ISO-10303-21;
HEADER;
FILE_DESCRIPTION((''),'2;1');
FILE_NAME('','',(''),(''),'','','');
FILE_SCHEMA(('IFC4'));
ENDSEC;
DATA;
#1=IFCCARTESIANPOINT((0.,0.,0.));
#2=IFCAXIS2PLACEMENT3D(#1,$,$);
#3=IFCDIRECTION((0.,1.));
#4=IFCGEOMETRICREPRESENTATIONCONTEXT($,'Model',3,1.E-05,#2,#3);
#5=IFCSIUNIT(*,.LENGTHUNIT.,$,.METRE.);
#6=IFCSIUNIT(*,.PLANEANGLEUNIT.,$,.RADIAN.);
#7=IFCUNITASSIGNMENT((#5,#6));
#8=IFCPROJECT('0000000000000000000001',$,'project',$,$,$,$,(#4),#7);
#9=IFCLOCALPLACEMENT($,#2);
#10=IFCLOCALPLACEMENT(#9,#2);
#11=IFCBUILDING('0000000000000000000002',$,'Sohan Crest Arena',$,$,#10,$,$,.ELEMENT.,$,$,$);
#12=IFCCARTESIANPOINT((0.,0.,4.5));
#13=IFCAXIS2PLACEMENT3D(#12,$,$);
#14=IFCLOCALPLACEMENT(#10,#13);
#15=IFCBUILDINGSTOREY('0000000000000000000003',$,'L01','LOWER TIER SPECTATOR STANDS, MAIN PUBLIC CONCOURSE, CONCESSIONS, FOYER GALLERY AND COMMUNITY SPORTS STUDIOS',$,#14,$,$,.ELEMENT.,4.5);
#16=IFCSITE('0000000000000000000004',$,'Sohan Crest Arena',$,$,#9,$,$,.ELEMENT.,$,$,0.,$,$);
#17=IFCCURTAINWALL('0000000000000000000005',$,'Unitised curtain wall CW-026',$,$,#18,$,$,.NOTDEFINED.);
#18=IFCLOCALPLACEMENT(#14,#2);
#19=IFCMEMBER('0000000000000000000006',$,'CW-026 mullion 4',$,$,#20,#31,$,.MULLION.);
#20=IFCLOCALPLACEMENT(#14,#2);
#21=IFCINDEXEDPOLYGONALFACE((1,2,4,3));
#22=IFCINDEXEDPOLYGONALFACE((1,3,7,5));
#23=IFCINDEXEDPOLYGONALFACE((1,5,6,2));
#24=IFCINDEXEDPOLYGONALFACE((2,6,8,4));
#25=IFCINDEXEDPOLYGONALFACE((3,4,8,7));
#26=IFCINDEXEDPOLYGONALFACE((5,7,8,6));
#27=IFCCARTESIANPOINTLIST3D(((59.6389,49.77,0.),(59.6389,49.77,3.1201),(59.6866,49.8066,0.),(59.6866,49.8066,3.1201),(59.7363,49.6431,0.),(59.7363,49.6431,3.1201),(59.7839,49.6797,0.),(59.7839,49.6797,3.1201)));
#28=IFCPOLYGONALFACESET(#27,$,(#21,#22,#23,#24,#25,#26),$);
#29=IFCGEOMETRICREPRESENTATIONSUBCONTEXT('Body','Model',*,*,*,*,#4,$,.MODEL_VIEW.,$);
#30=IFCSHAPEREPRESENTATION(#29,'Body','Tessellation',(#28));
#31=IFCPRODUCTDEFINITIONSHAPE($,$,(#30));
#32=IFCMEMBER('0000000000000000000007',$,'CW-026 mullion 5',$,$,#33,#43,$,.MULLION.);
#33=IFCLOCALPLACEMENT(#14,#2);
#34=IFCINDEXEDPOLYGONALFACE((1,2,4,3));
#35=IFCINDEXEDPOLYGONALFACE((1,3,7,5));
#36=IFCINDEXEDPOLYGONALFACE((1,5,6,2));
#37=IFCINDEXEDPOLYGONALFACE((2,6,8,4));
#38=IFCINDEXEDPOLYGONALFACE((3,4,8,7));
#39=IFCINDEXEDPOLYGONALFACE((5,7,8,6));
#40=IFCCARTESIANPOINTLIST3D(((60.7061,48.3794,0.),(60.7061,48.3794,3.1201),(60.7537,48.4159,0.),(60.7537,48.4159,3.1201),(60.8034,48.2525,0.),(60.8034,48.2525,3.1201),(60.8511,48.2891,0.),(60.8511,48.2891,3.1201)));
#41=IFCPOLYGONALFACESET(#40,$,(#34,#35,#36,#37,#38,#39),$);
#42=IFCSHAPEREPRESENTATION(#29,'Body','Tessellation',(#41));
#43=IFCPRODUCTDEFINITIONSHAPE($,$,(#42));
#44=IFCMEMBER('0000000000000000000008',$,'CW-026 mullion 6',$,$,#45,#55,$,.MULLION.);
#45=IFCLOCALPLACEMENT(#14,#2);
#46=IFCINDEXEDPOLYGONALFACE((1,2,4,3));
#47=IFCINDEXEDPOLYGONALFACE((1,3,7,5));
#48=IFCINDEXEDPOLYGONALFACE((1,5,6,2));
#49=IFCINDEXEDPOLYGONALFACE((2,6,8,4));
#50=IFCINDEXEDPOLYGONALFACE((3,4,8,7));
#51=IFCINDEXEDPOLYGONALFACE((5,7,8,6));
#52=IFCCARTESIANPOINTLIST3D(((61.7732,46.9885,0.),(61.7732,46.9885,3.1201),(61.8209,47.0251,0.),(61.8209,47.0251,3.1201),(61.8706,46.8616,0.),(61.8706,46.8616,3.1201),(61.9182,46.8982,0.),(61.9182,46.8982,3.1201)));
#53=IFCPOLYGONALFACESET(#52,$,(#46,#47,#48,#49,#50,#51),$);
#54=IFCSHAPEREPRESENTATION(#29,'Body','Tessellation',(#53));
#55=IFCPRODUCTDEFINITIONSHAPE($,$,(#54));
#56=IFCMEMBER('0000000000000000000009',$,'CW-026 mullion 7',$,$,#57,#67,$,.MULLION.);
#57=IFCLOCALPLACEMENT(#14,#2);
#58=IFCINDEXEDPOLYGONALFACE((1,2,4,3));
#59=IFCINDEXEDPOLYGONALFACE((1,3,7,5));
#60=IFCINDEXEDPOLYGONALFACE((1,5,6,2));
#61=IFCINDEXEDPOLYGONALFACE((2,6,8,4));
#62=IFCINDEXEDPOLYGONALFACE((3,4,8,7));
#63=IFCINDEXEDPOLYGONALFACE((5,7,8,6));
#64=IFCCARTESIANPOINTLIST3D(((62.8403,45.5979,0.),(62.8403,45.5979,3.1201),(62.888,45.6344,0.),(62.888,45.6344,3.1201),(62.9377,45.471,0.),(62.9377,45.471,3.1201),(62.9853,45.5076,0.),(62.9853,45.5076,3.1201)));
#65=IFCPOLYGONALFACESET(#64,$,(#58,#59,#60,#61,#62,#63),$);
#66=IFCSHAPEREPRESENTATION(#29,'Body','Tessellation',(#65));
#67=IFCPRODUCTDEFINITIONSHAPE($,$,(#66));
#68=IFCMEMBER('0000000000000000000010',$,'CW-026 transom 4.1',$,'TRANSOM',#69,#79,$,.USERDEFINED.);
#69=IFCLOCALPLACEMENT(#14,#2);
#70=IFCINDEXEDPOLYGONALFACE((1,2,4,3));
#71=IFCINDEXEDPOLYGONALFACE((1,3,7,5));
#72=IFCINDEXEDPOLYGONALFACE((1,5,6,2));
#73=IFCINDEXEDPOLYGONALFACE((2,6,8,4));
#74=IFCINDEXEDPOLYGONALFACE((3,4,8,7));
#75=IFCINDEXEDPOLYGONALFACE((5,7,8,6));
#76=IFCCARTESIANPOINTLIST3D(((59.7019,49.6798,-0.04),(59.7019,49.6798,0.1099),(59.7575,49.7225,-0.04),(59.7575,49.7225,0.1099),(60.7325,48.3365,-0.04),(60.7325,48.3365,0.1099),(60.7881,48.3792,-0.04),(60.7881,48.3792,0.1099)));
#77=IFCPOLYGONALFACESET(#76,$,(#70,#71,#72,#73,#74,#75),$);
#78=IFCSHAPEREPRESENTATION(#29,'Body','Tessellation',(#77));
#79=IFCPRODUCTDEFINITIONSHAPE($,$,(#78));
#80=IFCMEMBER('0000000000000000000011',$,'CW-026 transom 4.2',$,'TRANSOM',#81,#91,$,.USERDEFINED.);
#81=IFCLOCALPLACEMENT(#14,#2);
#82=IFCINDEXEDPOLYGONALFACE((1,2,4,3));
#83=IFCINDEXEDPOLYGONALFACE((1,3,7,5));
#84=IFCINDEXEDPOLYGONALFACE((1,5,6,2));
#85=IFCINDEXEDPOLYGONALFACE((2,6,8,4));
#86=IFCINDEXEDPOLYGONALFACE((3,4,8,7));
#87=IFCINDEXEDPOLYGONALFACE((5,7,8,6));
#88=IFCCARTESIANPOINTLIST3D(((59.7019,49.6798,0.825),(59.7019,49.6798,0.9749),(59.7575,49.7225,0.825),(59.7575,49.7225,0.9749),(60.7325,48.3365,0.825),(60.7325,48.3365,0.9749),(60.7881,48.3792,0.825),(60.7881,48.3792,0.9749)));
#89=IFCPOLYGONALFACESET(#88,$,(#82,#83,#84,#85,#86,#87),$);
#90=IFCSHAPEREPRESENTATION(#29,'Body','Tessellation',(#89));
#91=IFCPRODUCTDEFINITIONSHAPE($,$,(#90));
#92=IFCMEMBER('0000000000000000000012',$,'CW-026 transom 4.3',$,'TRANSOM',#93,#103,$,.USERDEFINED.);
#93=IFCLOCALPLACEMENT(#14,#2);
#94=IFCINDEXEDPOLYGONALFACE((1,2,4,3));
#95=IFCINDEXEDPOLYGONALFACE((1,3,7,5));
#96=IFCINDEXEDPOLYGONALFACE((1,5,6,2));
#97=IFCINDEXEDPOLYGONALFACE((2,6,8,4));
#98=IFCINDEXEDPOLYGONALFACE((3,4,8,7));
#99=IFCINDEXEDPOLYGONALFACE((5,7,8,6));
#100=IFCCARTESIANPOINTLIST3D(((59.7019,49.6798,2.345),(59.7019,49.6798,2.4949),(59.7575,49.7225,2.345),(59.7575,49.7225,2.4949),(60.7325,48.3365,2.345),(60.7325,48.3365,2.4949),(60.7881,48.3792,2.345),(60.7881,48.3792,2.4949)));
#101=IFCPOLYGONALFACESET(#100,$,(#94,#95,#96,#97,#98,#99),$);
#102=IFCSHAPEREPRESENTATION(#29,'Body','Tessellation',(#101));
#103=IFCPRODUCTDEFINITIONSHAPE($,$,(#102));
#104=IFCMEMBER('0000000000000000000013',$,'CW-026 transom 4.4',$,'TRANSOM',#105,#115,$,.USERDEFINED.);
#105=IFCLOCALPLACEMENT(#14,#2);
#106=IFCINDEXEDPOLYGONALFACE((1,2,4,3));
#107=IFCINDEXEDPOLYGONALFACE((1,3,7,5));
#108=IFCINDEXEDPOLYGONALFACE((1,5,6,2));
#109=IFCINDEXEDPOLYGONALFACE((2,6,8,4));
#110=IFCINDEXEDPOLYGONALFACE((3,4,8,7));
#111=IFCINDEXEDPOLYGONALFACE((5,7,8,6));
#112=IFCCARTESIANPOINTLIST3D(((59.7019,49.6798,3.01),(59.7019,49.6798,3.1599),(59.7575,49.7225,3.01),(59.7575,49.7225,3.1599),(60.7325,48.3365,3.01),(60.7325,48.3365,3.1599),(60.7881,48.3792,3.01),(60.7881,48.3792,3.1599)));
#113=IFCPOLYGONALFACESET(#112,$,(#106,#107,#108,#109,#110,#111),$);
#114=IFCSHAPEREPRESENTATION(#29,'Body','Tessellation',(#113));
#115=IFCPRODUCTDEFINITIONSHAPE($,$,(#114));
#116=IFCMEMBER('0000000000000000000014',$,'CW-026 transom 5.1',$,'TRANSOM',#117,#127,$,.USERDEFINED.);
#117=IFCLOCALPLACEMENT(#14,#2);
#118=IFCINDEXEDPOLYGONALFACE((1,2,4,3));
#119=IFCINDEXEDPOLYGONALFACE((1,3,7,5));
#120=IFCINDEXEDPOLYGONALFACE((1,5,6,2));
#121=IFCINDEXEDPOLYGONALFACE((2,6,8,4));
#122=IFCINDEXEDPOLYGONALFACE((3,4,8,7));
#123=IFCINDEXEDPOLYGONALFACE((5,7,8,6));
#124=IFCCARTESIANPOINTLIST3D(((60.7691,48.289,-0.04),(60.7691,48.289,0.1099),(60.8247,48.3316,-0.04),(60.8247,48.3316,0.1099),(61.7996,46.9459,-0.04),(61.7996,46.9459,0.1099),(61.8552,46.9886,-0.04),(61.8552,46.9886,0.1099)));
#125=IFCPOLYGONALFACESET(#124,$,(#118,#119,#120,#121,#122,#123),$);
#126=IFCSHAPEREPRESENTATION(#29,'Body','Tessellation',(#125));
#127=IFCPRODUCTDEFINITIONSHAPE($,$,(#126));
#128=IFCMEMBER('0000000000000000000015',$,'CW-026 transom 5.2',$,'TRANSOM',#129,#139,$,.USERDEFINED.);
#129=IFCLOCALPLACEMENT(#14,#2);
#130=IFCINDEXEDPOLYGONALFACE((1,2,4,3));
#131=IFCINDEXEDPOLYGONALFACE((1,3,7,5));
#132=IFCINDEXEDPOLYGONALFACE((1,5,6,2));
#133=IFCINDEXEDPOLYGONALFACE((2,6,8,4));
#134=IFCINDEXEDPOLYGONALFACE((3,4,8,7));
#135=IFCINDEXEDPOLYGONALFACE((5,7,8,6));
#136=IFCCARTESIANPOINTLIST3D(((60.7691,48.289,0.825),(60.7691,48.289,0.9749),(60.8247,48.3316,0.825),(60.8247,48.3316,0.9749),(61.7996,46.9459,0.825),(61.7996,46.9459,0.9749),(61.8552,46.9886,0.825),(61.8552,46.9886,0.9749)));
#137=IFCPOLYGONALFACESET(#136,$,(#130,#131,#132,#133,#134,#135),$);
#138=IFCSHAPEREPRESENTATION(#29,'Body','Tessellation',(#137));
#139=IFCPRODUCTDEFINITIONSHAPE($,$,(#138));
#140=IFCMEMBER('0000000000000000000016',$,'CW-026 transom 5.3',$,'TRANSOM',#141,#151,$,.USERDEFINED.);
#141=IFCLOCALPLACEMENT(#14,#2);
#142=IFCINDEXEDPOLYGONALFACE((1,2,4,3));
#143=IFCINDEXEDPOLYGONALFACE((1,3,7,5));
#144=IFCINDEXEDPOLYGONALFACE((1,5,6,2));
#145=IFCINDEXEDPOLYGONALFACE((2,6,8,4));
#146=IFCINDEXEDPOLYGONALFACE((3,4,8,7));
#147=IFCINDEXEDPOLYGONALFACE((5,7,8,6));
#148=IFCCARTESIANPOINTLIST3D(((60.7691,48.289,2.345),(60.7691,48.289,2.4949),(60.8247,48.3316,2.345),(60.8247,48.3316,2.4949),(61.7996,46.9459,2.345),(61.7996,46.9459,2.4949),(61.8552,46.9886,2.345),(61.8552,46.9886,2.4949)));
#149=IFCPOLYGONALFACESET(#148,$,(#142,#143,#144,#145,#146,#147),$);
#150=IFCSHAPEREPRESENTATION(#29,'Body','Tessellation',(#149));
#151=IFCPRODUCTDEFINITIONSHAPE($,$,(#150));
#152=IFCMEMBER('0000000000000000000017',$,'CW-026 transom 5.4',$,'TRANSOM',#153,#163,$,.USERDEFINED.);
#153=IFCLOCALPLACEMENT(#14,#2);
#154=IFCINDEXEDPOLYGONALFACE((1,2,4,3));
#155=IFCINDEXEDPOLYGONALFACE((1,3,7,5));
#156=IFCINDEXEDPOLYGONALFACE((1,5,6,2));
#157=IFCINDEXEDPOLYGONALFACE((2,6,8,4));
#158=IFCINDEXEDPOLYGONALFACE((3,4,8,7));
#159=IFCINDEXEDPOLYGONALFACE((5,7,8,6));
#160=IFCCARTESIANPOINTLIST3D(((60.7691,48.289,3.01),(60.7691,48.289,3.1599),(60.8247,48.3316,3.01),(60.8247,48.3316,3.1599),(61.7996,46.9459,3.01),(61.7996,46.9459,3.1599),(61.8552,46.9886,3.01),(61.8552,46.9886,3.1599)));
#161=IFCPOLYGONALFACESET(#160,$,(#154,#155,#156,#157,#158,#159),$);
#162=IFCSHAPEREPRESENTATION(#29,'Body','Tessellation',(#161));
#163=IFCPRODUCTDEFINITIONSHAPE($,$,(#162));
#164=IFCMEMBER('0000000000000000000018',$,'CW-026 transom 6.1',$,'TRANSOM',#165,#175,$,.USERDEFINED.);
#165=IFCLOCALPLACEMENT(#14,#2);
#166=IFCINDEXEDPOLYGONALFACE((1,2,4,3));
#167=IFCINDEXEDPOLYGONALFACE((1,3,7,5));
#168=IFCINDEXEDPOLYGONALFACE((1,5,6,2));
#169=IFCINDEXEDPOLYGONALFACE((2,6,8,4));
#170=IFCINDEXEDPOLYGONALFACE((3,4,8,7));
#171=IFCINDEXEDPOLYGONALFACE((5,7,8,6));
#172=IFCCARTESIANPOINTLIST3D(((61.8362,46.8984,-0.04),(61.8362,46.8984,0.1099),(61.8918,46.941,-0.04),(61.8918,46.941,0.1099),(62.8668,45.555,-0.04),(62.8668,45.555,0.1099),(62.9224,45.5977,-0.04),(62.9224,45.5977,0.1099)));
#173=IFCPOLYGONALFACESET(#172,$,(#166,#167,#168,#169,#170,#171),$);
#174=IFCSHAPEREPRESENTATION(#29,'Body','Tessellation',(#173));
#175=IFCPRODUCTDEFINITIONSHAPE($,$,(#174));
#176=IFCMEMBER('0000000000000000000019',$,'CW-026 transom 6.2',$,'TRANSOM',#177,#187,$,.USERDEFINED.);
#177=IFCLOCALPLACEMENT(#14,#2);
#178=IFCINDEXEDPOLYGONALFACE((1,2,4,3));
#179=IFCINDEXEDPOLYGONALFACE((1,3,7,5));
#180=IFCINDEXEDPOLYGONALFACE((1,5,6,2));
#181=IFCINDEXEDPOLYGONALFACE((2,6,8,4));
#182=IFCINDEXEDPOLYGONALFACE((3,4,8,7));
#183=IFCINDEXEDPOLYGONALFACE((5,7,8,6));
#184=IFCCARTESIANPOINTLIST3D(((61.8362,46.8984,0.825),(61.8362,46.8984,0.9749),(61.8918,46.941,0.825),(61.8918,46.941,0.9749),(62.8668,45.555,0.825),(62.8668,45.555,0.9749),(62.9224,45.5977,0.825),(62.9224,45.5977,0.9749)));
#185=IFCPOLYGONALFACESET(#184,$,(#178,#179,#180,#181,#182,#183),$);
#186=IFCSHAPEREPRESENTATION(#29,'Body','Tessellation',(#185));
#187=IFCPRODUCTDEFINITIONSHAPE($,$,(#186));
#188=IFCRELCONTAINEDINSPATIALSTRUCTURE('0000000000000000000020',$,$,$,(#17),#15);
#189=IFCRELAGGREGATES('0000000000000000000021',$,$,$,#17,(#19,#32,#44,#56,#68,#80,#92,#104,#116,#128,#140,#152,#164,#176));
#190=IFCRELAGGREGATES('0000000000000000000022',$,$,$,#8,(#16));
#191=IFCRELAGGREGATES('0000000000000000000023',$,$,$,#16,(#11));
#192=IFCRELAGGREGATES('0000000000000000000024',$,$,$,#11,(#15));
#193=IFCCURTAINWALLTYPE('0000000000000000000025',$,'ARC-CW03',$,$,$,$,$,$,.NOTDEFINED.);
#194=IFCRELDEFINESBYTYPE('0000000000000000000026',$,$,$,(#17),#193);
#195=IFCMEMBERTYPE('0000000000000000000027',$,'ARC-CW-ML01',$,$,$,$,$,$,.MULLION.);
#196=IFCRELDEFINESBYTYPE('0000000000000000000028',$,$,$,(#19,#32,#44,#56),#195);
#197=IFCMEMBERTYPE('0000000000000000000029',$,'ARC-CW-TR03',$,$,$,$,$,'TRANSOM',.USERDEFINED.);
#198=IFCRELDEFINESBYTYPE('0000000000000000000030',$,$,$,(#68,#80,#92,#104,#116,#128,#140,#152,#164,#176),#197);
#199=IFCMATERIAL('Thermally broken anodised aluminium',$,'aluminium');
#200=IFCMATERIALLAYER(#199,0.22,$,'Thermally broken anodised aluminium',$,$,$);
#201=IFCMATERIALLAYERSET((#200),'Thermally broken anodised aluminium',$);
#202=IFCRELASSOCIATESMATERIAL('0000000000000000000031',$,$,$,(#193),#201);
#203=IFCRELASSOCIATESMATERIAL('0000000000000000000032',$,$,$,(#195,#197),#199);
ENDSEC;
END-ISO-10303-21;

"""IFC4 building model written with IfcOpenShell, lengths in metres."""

from ifc_helpers import new_model, si_unit, direction, frame, origin, origin_2d, place, context, subcontext, project, spatial, rectangle, extrude, material, layer, layer_set, material_profile, profile_set, type_object, element, aggregate, save


model = new_model("IFC4")

# Units and contexts
model_context = context("Model", 3, precision=1e-05, world=origin(), true_north=direction((0.0, 1.0)))
body_context = subcontext(model_context, "Body", "Model", "MODEL_VIEW")
ifc_project = project(units=[si_unit("LENGTHUNIT", "METRE"), si_unit("PLANEANGLEUNIT", "RADIAN")], contexts=[model_context])

# Site, building, storey
site_placement = place(None, origin())
site = spatial("IfcSite", under=ifc_project, at=site_placement, Name="Sohan Crest Arena", CompositionType="ELEMENT", RefElevation=0.0)
building_placement = place(site_placement, origin())
building = spatial("IfcBuilding", under=site, at=building_placement, Name="Sohan Crest Arena", CompositionType="ELEMENT")
storey_placement = place(building_placement, frame((0.0, 0.0, 4.5)))
storey = spatial("IfcBuildingStorey", under=building, at=storey_placement, Name="L01", Description="LOWER TIER SPECTATOR STANDS, MAIN PUBLIC CONCOURSE, CONCESSIONS, FOYER GALLERY AND COMMUNITY SPORTS STUDIOS", CompositionType="ELEMENT", Elevation=4.5)

# Curtain wall, members
ifc_material_1 = material(Name="Thermally broken anodised aluminium", Category="aluminium")
ifc_layer_1 = layer(ifc_material_1, 0.22, Name="Thermally broken anodised aluminium")
ifc_layer_set_1 = layer_set([ifc_layer_1], Name="Thermally broken anodised aluminium")
curtain_wall_type = type_object("IfcCurtainWallType", Name="ARC-CW03", PredefinedType="NOTDEFINED", material=ifc_layer_set_1)
curtain_wall_placement = place(storey_placement, origin())
curtain_wall = element("IfcCurtainWall", 1, at=curtain_wall_placement, inside=storey, type_object=curtain_wall_type, Name="Unitised curtain wall CW-026", PredefinedType="NOTDEFINED")
ifc_material_profile_1 = material_profile(ifc_material_1, rectangle(XDim=0.0601, YDim=0.1599, at=origin_2d()), Name="ALU-MULL 60x160")
ifc_profile_set_1 = profile_set([ifc_material_profile_1], Name="Thermally broken anodised aluminium")
member_type_1 = type_object("IfcMemberType", Name="ARC-CW-ML01", PredefinedType="MULLION", material=ifc_profile_set_1)
member_1_placement = place(storey_placement, frame((59.7114, 49.7249, 0.0), z_axis=(0.0, 0.0, 1.0), x_axis=(0.793351, 0.608765, 0.0)))
member_1 = element("IfcMember", 2, at=member_1_placement, type_object=member_type_1, Name="CW-026 mullion 4", PredefinedType="MULLION", context=body_context, shape_type="SweptSolid", body=[
    extrude(rectangle(XDim=0.0601, YDim=0.1599, at=origin_2d()), origin(), (0.0, 0.0, 1.0), 3.1201),
])
member_2_placement = place(storey_placement, frame((60.7786, 48.3342, 0.0), z_axis=(0.0, 0.0, 1.0), x_axis=(0.793351, 0.608765, 0.0)))
member_2 = element("IfcMember", 3, at=member_2_placement, type_object=member_type_1, Name="CW-026 mullion 5", PredefinedType="MULLION", context=body_context, shape_type="SweptSolid", body=[
    extrude(rectangle(XDim=0.0601, YDim=0.1599, at=origin_2d()), origin(), (0.0, 0.0, 1.0), 3.1201),
])
member_3_placement = place(storey_placement, frame((61.8457, 46.9434, 0.0), z_axis=(0.0, 0.0, 1.0), x_axis=(0.793351, 0.608765, 0.0)))
member_3 = element("IfcMember", 4, at=member_3_placement, type_object=member_type_1, Name="CW-026 mullion 6", PredefinedType="MULLION", context=body_context, shape_type="SweptSolid", body=[
    extrude(rectangle(XDim=0.0601, YDim=0.1599, at=origin_2d()), origin(), (0.0, 0.0, 1.0), 3.1201),
])
member_4_placement = place(storey_placement, frame((62.9128, 45.5527, 0.0), z_axis=(0.0, 0.0, 1.0), x_axis=(0.793351, 0.608765, 0.0)))
member_4 = element("IfcMember", 5, at=member_4_placement, type_object=member_type_1, Name="CW-026 mullion 7", PredefinedType="MULLION", context=body_context, shape_type="SweptSolid", body=[
    extrude(rectangle(XDim=0.0601, YDim=0.1599, at=origin_2d()), origin(), (0.0, 0.0, 1.0), 3.1201),
])
ifc_material_profile_2 = material_profile(ifc_material_1, rectangle(XDim=0.0701, YDim=0.1499, at=origin_2d()), Name="ALU-TRAN 70x150")
ifc_profile_set_2 = profile_set([ifc_material_profile_2], Name="Thermally broken anodised aluminium")
member_type_2 = type_object("IfcMemberType", Name="ARC-CW-TR03", ElementType="TRANSOM", PredefinedType="USERDEFINED", material=ifc_profile_set_2)
member_5_placement = place(storey_placement, frame((59.7297, 49.7012, 0.0349), z_axis=(0.608686, -0.793411, 0.0), x_axis=(0.793411, 0.608686, 0.0)))
member_5 = element("IfcMember", 6, at=member_5_placement, type_object=member_type_2, Name="CW-026 transom 4.1", ObjectType="TRANSOM", PredefinedType="USERDEFINED", context=body_context, shape_type="SweptSolid", body=[
    extrude(rectangle(XDim=0.0701, YDim=0.1499, at=origin_2d()), origin(), (0.0, 0.0, 1.0), 1.6931),
])
member_6_placement = place(storey_placement, frame((59.7297, 49.7012, 0.8999), z_axis=(0.608686, -0.793411, 0.0), x_axis=(0.793411, 0.608686, 0.0)))
member_6 = element("IfcMember", 7, at=member_6_placement, type_object=member_type_2, Name="CW-026 transom 4.2", ObjectType="TRANSOM", PredefinedType="USERDEFINED", context=body_context, shape_type="SweptSolid", body=[
    extrude(rectangle(XDim=0.0701, YDim=0.1499, at=origin_2d()), origin(), (0.0, 0.0, 1.0), 1.6931),
])
member_7_placement = place(storey_placement, frame((59.7297, 49.7012, 2.4199), z_axis=(0.608686, -0.793411, 0.0), x_axis=(0.793411, 0.608686, 0.0)))
member_7 = element("IfcMember", 8, at=member_7_placement, type_object=member_type_2, Name="CW-026 transom 4.3", ObjectType="TRANSOM", PredefinedType="USERDEFINED", context=body_context, shape_type="SweptSolid", body=[
    extrude(rectangle(XDim=0.0701, YDim=0.1499, at=origin_2d()), origin(), (0.0, 0.0, 1.0), 1.6931),
])
member_8_placement = place(storey_placement, frame((59.7297, 49.7012, 3.085), z_axis=(0.608686, -0.793411, 0.0), x_axis=(0.793411, 0.608686, 0.0)))
member_8 = element("IfcMember", 9, at=member_8_placement, type_object=member_type_2, Name="CW-026 transom 4.4", ObjectType="TRANSOM", PredefinedType="USERDEFINED", context=body_context, shape_type="SweptSolid", body=[
    extrude(rectangle(XDim=0.0701, YDim=0.1499, at=origin_2d()), origin(), (0.0, 0.0, 1.0), 1.6931),
])
member_9_placement = place(storey_placement, frame((60.7969, 48.3103, 0.0349), z_axis=(0.608755, -0.793358, 0.0), x_axis=(0.793358, 0.608755, 0.0)))
member_9 = element("IfcMember", 10, at=member_9_placement, type_object=member_type_2, Name="CW-026 transom 5.1", ObjectType="TRANSOM", PredefinedType="USERDEFINED", context=body_context, shape_type="SweptSolid", body=[
    extrude(rectangle(XDim=0.0701, YDim=0.1499, at=origin_2d()), origin(), (0.0, 0.0, 1.0), 1.6929),
])
member_10_placement = place(storey_placement, frame((60.7969, 48.3103, 0.8999), z_axis=(0.608755, -0.793358, 0.0), x_axis=(0.793358, 0.608755, 0.0)))
member_10 = element("IfcMember", 11, at=member_10_placement, type_object=member_type_2, Name="CW-026 transom 5.2", ObjectType="TRANSOM", PredefinedType="USERDEFINED", context=body_context, shape_type="SweptSolid", body=[
    extrude(rectangle(XDim=0.0701, YDim=0.1499, at=origin_2d()), origin(), (0.0, 0.0, 1.0), 1.6929),
])
member_11_placement = place(storey_placement, frame((60.7969, 48.3103, 2.4199), z_axis=(0.608755, -0.793358, 0.0), x_axis=(0.793358, 0.608755, 0.0)))
member_11 = element("IfcMember", 12, at=member_11_placement, type_object=member_type_2, Name="CW-026 transom 5.3", ObjectType="TRANSOM", PredefinedType="USERDEFINED", context=body_context, shape_type="SweptSolid", body=[
    extrude(rectangle(XDim=0.0701, YDim=0.1499, at=origin_2d()), origin(), (0.0, 0.0, 1.0), 1.6929),
])
member_12_placement = place(storey_placement, frame((60.7969, 48.3103, 3.085), z_axis=(0.608755, -0.793358, 0.0), x_axis=(0.793358, 0.608755, 0.0)))
member_12 = element("IfcMember", 13, at=member_12_placement, type_object=member_type_2, Name="CW-026 transom 5.4", ObjectType="TRANSOM", PredefinedType="USERDEFINED", context=body_context, shape_type="SweptSolid", body=[
    extrude(rectangle(XDim=0.0701, YDim=0.1499, at=origin_2d()), origin(), (0.0, 0.0, 1.0), 1.6929),
])
member_13_placement = place(storey_placement, frame((61.864, 46.9197, 0.0349), z_axis=(0.608686, -0.793411, 0.0), x_axis=(0.793411, 0.608686, 0.0)))
member_13 = element("IfcMember", 14, at=member_13_placement, type_object=member_type_2, Name="CW-026 transom 6.1", ObjectType="TRANSOM", PredefinedType="USERDEFINED", context=body_context, shape_type="SweptSolid", body=[
    extrude(rectangle(XDim=0.0701, YDim=0.1499, at=origin_2d()), origin(), (0.0, 0.0, 1.0), 1.6931),
])
member_14_placement = place(storey_placement, frame((61.864, 46.9197, 0.8999), z_axis=(0.608686, -0.793411, 0.0), x_axis=(0.793411, 0.608686, 0.0)))
member_14 = element("IfcMember", 15, at=member_14_placement, type_object=member_type_2, Name="CW-026 transom 6.2", ObjectType="TRANSOM", PredefinedType="USERDEFINED", context=body_context, shape_type="SweptSolid", body=[
    extrude(rectangle(XDim=0.0701, YDim=0.1499, at=origin_2d()), origin(), (0.0, 0.0, 1.0), 1.6931),
])
aggregate(curtain_wall, [member_1, member_2, member_3, member_4, member_5, member_6, member_7, member_8, member_9, member_10, member_11, member_12, member_13, member_14])

save(model, "model.ifc")
